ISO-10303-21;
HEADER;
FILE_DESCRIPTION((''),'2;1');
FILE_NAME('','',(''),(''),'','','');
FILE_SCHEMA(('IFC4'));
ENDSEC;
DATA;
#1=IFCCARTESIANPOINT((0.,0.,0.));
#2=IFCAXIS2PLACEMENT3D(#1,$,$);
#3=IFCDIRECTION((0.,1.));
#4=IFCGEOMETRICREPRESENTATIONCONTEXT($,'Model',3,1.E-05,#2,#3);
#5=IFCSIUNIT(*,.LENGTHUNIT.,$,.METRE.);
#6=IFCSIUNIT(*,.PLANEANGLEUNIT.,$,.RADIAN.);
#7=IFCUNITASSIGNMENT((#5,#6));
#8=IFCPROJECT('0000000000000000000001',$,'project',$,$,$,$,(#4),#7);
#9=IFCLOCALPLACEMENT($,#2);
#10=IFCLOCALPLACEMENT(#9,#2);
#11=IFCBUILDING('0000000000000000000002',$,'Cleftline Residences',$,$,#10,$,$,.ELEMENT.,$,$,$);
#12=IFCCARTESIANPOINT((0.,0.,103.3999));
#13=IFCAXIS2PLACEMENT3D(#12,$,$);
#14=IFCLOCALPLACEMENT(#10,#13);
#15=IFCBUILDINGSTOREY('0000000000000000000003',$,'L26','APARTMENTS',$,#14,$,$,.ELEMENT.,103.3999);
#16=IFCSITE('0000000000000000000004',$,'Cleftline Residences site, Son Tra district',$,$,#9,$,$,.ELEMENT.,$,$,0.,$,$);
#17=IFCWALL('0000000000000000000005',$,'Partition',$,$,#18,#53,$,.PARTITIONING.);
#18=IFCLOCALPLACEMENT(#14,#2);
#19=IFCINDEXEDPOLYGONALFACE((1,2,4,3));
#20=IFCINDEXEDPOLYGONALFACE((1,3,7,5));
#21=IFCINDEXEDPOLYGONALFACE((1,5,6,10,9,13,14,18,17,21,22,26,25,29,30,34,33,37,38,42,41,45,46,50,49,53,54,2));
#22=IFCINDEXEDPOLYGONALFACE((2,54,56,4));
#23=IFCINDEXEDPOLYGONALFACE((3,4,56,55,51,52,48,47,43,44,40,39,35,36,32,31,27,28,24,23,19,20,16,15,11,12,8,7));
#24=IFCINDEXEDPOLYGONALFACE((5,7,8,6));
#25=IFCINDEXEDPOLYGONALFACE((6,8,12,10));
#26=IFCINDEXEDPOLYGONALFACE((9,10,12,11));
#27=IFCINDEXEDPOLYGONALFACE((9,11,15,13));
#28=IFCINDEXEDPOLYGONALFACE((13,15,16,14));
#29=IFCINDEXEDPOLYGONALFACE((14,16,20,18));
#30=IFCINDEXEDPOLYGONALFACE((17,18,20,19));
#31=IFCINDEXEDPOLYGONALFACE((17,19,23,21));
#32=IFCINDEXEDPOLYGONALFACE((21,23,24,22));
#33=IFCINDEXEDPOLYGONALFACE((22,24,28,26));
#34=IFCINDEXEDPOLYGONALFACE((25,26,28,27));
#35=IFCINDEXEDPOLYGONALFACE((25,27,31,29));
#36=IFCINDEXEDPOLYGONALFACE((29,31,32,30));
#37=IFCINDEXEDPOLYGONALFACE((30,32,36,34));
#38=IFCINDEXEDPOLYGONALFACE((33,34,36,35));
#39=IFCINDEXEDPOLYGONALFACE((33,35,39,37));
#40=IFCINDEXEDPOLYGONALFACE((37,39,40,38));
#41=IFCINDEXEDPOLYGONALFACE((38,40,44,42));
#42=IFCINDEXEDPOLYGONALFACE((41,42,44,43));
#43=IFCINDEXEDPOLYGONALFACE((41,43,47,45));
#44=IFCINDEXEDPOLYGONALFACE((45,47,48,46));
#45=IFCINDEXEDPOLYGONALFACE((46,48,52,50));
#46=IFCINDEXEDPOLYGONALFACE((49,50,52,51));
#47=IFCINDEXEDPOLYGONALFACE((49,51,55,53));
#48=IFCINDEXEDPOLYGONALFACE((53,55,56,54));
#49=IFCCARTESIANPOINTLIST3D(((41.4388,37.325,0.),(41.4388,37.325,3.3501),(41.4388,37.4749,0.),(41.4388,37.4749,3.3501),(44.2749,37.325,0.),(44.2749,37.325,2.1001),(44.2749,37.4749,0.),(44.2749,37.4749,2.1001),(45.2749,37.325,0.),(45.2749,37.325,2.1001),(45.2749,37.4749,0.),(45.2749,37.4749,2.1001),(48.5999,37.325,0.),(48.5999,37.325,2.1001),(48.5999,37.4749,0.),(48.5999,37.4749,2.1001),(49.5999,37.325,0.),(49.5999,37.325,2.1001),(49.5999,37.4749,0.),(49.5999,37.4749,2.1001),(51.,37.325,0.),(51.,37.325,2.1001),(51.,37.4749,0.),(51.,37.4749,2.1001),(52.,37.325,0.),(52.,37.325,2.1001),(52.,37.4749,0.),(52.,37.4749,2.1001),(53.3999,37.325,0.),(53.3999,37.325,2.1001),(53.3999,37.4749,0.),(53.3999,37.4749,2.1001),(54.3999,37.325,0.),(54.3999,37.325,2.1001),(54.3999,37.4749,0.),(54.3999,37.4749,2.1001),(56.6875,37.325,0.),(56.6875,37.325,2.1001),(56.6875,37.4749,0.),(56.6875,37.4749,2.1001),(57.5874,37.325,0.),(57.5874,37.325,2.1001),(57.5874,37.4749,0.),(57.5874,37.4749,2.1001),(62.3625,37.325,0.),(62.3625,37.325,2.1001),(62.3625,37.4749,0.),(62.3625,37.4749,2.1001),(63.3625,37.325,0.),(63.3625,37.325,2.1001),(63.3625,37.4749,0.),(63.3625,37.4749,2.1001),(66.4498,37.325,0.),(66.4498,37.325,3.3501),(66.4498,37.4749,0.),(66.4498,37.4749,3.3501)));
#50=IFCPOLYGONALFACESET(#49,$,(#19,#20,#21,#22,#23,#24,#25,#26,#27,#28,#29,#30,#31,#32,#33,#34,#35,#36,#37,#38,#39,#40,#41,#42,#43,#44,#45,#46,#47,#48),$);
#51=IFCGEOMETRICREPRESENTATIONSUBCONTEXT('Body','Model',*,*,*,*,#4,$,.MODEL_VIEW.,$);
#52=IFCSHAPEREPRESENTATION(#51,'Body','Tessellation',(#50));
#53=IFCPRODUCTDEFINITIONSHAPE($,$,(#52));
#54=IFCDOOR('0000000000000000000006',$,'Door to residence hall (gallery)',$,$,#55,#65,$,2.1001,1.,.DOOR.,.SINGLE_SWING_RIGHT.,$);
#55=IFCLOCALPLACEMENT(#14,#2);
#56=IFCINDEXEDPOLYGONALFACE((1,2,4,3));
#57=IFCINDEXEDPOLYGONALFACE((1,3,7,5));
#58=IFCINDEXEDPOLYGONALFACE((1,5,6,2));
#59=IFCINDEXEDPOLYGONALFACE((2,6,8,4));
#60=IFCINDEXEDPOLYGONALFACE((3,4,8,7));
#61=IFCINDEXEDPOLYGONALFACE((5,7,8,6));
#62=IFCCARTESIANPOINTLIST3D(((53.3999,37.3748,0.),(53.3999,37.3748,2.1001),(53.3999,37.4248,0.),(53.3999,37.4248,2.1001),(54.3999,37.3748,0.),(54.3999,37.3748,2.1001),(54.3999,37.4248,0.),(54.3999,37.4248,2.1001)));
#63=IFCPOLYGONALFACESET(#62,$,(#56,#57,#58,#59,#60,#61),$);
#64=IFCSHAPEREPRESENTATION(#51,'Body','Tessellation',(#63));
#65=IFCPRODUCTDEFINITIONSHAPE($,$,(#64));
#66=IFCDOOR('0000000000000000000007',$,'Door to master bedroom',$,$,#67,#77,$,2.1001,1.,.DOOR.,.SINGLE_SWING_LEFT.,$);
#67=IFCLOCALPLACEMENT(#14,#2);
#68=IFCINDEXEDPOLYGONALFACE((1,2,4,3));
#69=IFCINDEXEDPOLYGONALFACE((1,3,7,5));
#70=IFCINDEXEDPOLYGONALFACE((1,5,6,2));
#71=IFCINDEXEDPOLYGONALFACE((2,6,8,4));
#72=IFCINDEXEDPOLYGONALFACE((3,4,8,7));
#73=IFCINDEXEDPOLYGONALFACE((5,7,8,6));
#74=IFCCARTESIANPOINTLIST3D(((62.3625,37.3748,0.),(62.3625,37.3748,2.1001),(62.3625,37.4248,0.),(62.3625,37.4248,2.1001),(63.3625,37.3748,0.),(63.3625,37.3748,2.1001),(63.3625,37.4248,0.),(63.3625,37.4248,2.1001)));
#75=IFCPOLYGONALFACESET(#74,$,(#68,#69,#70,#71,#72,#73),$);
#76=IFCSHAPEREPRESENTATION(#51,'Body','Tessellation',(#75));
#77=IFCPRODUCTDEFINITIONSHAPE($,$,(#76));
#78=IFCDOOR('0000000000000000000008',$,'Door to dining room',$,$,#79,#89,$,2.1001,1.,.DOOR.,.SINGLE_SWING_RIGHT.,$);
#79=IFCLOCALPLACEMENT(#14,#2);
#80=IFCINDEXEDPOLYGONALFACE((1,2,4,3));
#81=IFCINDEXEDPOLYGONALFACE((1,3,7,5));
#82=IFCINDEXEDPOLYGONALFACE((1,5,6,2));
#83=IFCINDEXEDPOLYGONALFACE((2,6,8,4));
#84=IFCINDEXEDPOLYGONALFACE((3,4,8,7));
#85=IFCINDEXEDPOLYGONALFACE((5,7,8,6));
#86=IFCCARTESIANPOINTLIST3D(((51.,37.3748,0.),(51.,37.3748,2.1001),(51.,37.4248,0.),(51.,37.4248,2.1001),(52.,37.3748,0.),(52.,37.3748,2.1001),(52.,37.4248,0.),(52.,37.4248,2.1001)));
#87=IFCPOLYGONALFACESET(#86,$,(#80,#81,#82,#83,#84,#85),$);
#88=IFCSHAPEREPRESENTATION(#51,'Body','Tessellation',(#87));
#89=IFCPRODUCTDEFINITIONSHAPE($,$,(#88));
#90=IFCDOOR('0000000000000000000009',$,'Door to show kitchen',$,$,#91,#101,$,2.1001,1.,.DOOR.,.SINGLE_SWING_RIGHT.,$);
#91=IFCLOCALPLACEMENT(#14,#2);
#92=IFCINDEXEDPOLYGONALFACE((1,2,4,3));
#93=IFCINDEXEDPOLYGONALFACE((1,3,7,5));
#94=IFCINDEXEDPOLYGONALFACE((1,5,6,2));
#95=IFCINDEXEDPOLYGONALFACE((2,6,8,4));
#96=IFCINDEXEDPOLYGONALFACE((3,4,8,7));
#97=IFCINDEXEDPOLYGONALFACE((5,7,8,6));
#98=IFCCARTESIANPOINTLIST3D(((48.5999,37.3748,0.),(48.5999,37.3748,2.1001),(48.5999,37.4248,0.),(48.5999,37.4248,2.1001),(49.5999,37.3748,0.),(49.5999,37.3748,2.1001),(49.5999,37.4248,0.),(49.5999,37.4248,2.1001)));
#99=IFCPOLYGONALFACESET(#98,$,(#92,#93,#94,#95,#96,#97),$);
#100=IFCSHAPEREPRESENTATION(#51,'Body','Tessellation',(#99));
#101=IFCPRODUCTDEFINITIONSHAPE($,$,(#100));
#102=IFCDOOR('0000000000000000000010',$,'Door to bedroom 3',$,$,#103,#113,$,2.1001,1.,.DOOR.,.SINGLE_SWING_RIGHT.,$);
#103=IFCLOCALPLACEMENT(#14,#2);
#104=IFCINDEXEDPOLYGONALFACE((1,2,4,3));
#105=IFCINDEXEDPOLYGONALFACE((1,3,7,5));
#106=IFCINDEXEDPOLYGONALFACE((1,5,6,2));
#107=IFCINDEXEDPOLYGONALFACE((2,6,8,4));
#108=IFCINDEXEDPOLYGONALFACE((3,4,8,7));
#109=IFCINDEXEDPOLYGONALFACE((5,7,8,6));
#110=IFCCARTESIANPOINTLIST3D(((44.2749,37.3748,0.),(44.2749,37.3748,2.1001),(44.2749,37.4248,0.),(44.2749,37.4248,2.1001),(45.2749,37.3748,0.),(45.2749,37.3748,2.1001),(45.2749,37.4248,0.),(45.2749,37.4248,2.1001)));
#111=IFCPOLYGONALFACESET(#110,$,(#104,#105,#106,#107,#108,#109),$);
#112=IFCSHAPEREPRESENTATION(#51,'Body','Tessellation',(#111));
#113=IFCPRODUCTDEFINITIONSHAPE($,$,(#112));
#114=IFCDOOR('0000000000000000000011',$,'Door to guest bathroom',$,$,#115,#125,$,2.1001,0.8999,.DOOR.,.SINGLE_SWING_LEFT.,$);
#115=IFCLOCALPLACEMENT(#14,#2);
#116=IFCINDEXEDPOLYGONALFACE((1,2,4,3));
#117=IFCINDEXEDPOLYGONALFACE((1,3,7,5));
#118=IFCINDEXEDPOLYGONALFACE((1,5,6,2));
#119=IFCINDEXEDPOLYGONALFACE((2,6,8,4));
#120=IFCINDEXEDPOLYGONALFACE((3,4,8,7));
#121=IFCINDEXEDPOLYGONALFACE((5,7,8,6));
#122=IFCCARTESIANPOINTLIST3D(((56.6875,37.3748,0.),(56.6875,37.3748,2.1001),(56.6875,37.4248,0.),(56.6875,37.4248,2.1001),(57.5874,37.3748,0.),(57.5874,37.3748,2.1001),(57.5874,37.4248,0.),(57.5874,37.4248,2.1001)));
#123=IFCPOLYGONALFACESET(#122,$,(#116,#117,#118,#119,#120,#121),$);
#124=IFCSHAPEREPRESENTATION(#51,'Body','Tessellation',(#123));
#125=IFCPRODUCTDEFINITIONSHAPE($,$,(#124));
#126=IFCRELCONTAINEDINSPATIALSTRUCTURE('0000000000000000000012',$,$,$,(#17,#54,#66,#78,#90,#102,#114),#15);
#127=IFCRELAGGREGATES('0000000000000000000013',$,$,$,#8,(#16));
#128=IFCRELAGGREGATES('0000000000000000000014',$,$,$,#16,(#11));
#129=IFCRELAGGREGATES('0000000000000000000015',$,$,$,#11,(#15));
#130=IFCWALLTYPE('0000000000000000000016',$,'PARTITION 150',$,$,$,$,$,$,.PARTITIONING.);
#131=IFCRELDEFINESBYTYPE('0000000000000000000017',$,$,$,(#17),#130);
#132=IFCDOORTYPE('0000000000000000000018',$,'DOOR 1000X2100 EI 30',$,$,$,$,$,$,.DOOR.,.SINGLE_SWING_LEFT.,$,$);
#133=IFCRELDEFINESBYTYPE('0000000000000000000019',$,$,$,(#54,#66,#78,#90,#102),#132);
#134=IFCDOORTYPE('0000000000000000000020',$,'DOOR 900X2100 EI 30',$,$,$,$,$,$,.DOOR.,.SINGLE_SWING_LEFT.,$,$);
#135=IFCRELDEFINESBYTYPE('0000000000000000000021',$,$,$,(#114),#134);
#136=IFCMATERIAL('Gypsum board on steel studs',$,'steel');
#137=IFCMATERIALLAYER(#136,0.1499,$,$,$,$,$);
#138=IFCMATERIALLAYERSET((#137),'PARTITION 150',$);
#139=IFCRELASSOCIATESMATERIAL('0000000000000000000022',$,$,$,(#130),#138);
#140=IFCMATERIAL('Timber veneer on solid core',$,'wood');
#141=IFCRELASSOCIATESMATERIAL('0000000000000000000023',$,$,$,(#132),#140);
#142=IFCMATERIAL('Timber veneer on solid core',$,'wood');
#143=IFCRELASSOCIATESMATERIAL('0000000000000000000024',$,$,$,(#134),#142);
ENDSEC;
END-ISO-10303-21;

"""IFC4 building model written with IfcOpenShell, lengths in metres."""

from ifc_helpers import new_model, si_unit, direction, frame, frame_2d, origin, place, context, subcontext, project, spatial, rectangle, extrude, material, layer, layer_set, type_object, element, fill, save


model = new_model("IFC4")

# Units and contexts
model_context = context("Model", 3, precision=1e-05, world=origin(), true_north=direction((0.0, 1.0)))
body_context = subcontext(model_context, "Body", "Model", "MODEL_VIEW")
ifc_project = project(units=[si_unit("LENGTHUNIT", "METRE"), si_unit("PLANEANGLEUNIT", "RADIAN")], contexts=[model_context])

# Site, building, storey
site_placement = place(None, origin())
site = spatial("IfcSite", under=ifc_project, at=site_placement, Name="Cleftline Residences site, Son Tra district", CompositionType="ELEMENT", RefElevation=0.0)
building_placement = place(site_placement, origin())
building = spatial("IfcBuilding", under=site, at=building_placement, Name="Cleftline Residences", CompositionType="ELEMENT")
storey_placement = place(building_placement, frame((0.0, 0.0, 103.3999)))
storey = spatial("IfcBuildingStorey", under=building, at=storey_placement, Name="L26", Description="APARTMENTS", CompositionType="ELEMENT", Elevation=103.3999)

# Wall, openings, doors
ifc_material_1 = material(Name="Gypsum board on steel studs", Category="steel")
ifc_layer_1 = layer(ifc_material_1, 0.1499)
ifc_layer_set_1 = layer_set([ifc_layer_1], Name="PARTITION 150")
wall_type = type_object("IfcWallType", Name="PARTITION 150", PredefinedType="PARTITIONING", material=ifc_layer_set_1)
wall_1_placement = place(storey_placement, frame((41.439, 37.3999, 0.0), z_axis=(0.0, 0.0, 1.0), x_axis=(1.0, 0.0, 0.0)))
wall_1 = element("IfcWall", 1, at=wall_1_placement, inside=storey, type_object=wall_type, Name="Partition", PredefinedType="PARTITIONING", context=body_context, shape_type="SweptSolid", body=[
    extrude(rectangle(XDim=25.011, YDim=0.1499, at=frame_2d((12.5054, 0.0))), origin(), (0.0, 0.0, 1.0), 3.3501),
])
opening_1_placement = place(wall_1_placement, frame((11.9609, 0.0, 0.0)))
opening_1 = element("IfcOpeningElement", 2, at=opening_1_placement, cuts=wall_1, PredefinedType="OPENING", context=body_context, shape_type="SweptSolid", body=[
    extrude(rectangle(XDim=1.0, YDim=2.1001, at=frame_2d((0.5, 1.05))), frame((0.0, 0.085, 0.0), z_axis=(0.0, -1.0, 0.0), x_axis=(1.0, 0.0, 0.0)), (0.0, 0.0, 1.0), 0.1699),
])
opening_2_placement = place(wall_1_placement, frame((20.9236, 0.0, 0.0)))
opening_2 = element("IfcOpeningElement", 3, at=opening_2_placement, cuts=wall_1, PredefinedType="OPENING", context=body_context, shape_type="SweptSolid", body=[
    extrude(rectangle(XDim=1.0, YDim=2.1001, at=frame_2d((0.5, 1.05))), frame((0.0, 0.085, 0.0), z_axis=(0.0, -1.0, 0.0), x_axis=(1.0, 0.0, 0.0)), (0.0, 0.0, 1.0), 0.1699),
])
opening_3_placement = place(wall_1_placement, frame((15.2485, 0.0, 0.0)))
opening_3 = element("IfcOpeningElement", 4, at=opening_3_placement, cuts=wall_1, PredefinedType="OPENING", context=body_context, shape_type="SweptSolid", body=[
    extrude(rectangle(XDim=0.8999, YDim=2.1001, at=frame_2d((0.45, 1.05))), frame((0.0, 0.085, 0.0), z_axis=(0.0, -1.0, 0.0), x_axis=(1.0, 0.0, 0.0)), (0.0, 0.0, 1.0), 0.1699),
])
opening_4_placement = place(wall_1_placement, frame((9.561, 0.0, 0.0)))
opening_4 = element("IfcOpeningElement", 5, at=opening_4_placement, cuts=wall_1, PredefinedType="OPENING", context=body_context, shape_type="SweptSolid", body=[
    extrude(rectangle(XDim=1.0, YDim=2.1001, at=frame_2d((0.5, 1.05))), frame((0.0, 0.085, 0.0), z_axis=(0.0, -1.0, 0.0), x_axis=(1.0, 0.0, 0.0)), (0.0, 0.0, 1.0), 0.1699),
])
opening_5_placement = place(wall_1_placement, frame((7.1609, 0.0, 0.0)))
opening_5 = element("IfcOpeningElement", 6, at=opening_5_placement, cuts=wall_1, PredefinedType="OPENING", context=body_context, shape_type="SweptSolid", body=[
    extrude(rectangle(XDim=1.0, YDim=2.1001, at=frame_2d((0.5, 1.05))), frame((0.0, 0.085, 0.0), z_axis=(0.0, -1.0, 0.0), x_axis=(1.0, 0.0, 0.0)), (0.0, 0.0, 1.0), 0.1699),
])
opening_6_placement = place(wall_1_placement, frame((2.8359, 0.0, 0.0)))
opening_6 = element("IfcOpeningElement", 7, at=opening_6_placement, cuts=wall_1, PredefinedType="OPENING", context=body_context, shape_type="SweptSolid", body=[
    extrude(rectangle(XDim=1.0, YDim=2.1001, at=frame_2d((0.5, 1.05))), frame((0.0, 0.085, 0.0), z_axis=(0.0, -1.0, 0.0), x_axis=(1.0, 0.0, 0.0)), (0.0, 0.0, 1.0), 0.1699),
])
ifc_material_2 = material(Name="Timber veneer on solid core", Category="wood")
door_type_1 = type_object("IfcDoorType", Name="DOOR 1000X2100 EI 30", OperationType="SINGLE_SWING_LEFT", PredefinedType="DOOR", material=ifc_material_2)
door_1_placement = place(opening_1_placement, origin())
door_1 = element("IfcDoor", 8, at=door_1_placement, inside=storey, type_object=door_type_1, Name="Door to residence hall (gallery)", OperationType="SINGLE_SWING_RIGHT", OverallHeight=2.1001, OverallWidth=1.0, PredefinedType="DOOR", context=body_context, shape_type="SweptSolid", body=[
    extrude(rectangle(XDim=1.0, YDim=2.1001, at=frame_2d((0.5, 1.05))), frame((0.0, 0.0249, 0.0), z_axis=(0.0, -1.0, 0.0), x_axis=(1.0, 0.0, 0.0)), (0.0, 0.0, 1.0), 0.05),
])
fill(opening_1, door_1)
door_2_placement = place(opening_2_placement, origin())
door_2 = element("IfcDoor", 9, at=door_2_placement, inside=storey, type_object=door_type_1, Name="Door to master bedroom", OperationType="SINGLE_SWING_LEFT", OverallHeight=2.1001, OverallWidth=1.0, PredefinedType="DOOR", context=body_context, shape_type="SweptSolid", body=[
    extrude(rectangle(XDim=1.0, YDim=2.1001, at=frame_2d((0.5, 1.05))), frame((0.0, 0.0249, 0.0), z_axis=(0.0, -1.0, 0.0), x_axis=(1.0, 0.0, 0.0)), (0.0, 0.0, 1.0), 0.05),
])
fill(opening_2, door_2)
door_3_placement = place(opening_4_placement, origin())
door_3 = element("IfcDoor", 10, at=door_3_placement, inside=storey, type_object=door_type_1, Name="Door to dining room", OperationType="SINGLE_SWING_RIGHT", OverallHeight=2.1001, OverallWidth=1.0, PredefinedType="DOOR", context=body_context, shape_type="SweptSolid", body=[
    extrude(rectangle(XDim=1.0, YDim=2.1001, at=frame_2d((0.5, 1.05))), frame((0.0, 0.0249, 0.0), z_axis=(0.0, -1.0, 0.0), x_axis=(1.0, 0.0, 0.0)), (0.0, 0.0, 1.0), 0.05),
])
fill(opening_4, door_3)
door_4_placement = place(opening_5_placement, origin())
door_4 = element("IfcDoor", 11, at=door_4_placement, inside=storey, type_object=door_type_1, Name="Door to show kitchen", OperationType="SINGLE_SWING_RIGHT", OverallHeight=2.1001, OverallWidth=1.0, PredefinedType="DOOR", context=body_context, shape_type="SweptSolid", body=[
    extrude(rectangle(XDim=1.0, YDim=2.1001, at=frame_2d((0.5, 1.05))), frame((0.0, 0.0249, 0.0), z_axis=(0.0, -1.0, 0.0), x_axis=(1.0, 0.0, 0.0)), (0.0, 0.0, 1.0), 0.05),
])
fill(opening_5, door_4)
door_5_placement = place(opening_6_placement, origin())
door_5 = element("IfcDoor", 12, at=door_5_placement, inside=storey, type_object=door_type_1, Name="Door to bedroom 3", OperationType="SINGLE_SWING_RIGHT", OverallHeight=2.1001, OverallWidth=1.0, PredefinedType="DOOR", context=body_context, shape_type="SweptSolid", body=[
    extrude(rectangle(XDim=1.0, YDim=2.1001, at=frame_2d((0.5, 1.05))), frame((0.0, 0.0249, 0.0), z_axis=(0.0, -1.0, 0.0), x_axis=(1.0, 0.0, 0.0)), (0.0, 0.0, 1.0), 0.05),
])
fill(opening_6, door_5)
ifc_material_3 = material(Name="Timber veneer on solid core", Category="wood")
door_type_2 = type_object("IfcDoorType", Name="DOOR 900X2100 EI 30", OperationType="SINGLE_SWING_LEFT", PredefinedType="DOOR", material=ifc_material_3)
door_6_placement = place(opening_3_placement, origin())
door_6 = element("IfcDoor", 13, at=door_6_placement, inside=storey, type_object=door_type_2, Name="Door to guest bathroom", OperationType="SINGLE_SWING_LEFT", OverallHeight=2.1001, OverallWidth=0.8999, PredefinedType="DOOR", context=body_context, shape_type="SweptSolid", body=[
    extrude(rectangle(XDim=0.8999, YDim=2.1001, at=frame_2d((0.45, 1.05))), frame((0.0, 0.0249, 0.0), z_axis=(0.0, -1.0, 0.0), x_axis=(1.0, 0.0, 0.0)), (0.0, 0.0, 1.0), 0.05),
])
fill(opening_3, door_6)

save(model, "model.ifc")
